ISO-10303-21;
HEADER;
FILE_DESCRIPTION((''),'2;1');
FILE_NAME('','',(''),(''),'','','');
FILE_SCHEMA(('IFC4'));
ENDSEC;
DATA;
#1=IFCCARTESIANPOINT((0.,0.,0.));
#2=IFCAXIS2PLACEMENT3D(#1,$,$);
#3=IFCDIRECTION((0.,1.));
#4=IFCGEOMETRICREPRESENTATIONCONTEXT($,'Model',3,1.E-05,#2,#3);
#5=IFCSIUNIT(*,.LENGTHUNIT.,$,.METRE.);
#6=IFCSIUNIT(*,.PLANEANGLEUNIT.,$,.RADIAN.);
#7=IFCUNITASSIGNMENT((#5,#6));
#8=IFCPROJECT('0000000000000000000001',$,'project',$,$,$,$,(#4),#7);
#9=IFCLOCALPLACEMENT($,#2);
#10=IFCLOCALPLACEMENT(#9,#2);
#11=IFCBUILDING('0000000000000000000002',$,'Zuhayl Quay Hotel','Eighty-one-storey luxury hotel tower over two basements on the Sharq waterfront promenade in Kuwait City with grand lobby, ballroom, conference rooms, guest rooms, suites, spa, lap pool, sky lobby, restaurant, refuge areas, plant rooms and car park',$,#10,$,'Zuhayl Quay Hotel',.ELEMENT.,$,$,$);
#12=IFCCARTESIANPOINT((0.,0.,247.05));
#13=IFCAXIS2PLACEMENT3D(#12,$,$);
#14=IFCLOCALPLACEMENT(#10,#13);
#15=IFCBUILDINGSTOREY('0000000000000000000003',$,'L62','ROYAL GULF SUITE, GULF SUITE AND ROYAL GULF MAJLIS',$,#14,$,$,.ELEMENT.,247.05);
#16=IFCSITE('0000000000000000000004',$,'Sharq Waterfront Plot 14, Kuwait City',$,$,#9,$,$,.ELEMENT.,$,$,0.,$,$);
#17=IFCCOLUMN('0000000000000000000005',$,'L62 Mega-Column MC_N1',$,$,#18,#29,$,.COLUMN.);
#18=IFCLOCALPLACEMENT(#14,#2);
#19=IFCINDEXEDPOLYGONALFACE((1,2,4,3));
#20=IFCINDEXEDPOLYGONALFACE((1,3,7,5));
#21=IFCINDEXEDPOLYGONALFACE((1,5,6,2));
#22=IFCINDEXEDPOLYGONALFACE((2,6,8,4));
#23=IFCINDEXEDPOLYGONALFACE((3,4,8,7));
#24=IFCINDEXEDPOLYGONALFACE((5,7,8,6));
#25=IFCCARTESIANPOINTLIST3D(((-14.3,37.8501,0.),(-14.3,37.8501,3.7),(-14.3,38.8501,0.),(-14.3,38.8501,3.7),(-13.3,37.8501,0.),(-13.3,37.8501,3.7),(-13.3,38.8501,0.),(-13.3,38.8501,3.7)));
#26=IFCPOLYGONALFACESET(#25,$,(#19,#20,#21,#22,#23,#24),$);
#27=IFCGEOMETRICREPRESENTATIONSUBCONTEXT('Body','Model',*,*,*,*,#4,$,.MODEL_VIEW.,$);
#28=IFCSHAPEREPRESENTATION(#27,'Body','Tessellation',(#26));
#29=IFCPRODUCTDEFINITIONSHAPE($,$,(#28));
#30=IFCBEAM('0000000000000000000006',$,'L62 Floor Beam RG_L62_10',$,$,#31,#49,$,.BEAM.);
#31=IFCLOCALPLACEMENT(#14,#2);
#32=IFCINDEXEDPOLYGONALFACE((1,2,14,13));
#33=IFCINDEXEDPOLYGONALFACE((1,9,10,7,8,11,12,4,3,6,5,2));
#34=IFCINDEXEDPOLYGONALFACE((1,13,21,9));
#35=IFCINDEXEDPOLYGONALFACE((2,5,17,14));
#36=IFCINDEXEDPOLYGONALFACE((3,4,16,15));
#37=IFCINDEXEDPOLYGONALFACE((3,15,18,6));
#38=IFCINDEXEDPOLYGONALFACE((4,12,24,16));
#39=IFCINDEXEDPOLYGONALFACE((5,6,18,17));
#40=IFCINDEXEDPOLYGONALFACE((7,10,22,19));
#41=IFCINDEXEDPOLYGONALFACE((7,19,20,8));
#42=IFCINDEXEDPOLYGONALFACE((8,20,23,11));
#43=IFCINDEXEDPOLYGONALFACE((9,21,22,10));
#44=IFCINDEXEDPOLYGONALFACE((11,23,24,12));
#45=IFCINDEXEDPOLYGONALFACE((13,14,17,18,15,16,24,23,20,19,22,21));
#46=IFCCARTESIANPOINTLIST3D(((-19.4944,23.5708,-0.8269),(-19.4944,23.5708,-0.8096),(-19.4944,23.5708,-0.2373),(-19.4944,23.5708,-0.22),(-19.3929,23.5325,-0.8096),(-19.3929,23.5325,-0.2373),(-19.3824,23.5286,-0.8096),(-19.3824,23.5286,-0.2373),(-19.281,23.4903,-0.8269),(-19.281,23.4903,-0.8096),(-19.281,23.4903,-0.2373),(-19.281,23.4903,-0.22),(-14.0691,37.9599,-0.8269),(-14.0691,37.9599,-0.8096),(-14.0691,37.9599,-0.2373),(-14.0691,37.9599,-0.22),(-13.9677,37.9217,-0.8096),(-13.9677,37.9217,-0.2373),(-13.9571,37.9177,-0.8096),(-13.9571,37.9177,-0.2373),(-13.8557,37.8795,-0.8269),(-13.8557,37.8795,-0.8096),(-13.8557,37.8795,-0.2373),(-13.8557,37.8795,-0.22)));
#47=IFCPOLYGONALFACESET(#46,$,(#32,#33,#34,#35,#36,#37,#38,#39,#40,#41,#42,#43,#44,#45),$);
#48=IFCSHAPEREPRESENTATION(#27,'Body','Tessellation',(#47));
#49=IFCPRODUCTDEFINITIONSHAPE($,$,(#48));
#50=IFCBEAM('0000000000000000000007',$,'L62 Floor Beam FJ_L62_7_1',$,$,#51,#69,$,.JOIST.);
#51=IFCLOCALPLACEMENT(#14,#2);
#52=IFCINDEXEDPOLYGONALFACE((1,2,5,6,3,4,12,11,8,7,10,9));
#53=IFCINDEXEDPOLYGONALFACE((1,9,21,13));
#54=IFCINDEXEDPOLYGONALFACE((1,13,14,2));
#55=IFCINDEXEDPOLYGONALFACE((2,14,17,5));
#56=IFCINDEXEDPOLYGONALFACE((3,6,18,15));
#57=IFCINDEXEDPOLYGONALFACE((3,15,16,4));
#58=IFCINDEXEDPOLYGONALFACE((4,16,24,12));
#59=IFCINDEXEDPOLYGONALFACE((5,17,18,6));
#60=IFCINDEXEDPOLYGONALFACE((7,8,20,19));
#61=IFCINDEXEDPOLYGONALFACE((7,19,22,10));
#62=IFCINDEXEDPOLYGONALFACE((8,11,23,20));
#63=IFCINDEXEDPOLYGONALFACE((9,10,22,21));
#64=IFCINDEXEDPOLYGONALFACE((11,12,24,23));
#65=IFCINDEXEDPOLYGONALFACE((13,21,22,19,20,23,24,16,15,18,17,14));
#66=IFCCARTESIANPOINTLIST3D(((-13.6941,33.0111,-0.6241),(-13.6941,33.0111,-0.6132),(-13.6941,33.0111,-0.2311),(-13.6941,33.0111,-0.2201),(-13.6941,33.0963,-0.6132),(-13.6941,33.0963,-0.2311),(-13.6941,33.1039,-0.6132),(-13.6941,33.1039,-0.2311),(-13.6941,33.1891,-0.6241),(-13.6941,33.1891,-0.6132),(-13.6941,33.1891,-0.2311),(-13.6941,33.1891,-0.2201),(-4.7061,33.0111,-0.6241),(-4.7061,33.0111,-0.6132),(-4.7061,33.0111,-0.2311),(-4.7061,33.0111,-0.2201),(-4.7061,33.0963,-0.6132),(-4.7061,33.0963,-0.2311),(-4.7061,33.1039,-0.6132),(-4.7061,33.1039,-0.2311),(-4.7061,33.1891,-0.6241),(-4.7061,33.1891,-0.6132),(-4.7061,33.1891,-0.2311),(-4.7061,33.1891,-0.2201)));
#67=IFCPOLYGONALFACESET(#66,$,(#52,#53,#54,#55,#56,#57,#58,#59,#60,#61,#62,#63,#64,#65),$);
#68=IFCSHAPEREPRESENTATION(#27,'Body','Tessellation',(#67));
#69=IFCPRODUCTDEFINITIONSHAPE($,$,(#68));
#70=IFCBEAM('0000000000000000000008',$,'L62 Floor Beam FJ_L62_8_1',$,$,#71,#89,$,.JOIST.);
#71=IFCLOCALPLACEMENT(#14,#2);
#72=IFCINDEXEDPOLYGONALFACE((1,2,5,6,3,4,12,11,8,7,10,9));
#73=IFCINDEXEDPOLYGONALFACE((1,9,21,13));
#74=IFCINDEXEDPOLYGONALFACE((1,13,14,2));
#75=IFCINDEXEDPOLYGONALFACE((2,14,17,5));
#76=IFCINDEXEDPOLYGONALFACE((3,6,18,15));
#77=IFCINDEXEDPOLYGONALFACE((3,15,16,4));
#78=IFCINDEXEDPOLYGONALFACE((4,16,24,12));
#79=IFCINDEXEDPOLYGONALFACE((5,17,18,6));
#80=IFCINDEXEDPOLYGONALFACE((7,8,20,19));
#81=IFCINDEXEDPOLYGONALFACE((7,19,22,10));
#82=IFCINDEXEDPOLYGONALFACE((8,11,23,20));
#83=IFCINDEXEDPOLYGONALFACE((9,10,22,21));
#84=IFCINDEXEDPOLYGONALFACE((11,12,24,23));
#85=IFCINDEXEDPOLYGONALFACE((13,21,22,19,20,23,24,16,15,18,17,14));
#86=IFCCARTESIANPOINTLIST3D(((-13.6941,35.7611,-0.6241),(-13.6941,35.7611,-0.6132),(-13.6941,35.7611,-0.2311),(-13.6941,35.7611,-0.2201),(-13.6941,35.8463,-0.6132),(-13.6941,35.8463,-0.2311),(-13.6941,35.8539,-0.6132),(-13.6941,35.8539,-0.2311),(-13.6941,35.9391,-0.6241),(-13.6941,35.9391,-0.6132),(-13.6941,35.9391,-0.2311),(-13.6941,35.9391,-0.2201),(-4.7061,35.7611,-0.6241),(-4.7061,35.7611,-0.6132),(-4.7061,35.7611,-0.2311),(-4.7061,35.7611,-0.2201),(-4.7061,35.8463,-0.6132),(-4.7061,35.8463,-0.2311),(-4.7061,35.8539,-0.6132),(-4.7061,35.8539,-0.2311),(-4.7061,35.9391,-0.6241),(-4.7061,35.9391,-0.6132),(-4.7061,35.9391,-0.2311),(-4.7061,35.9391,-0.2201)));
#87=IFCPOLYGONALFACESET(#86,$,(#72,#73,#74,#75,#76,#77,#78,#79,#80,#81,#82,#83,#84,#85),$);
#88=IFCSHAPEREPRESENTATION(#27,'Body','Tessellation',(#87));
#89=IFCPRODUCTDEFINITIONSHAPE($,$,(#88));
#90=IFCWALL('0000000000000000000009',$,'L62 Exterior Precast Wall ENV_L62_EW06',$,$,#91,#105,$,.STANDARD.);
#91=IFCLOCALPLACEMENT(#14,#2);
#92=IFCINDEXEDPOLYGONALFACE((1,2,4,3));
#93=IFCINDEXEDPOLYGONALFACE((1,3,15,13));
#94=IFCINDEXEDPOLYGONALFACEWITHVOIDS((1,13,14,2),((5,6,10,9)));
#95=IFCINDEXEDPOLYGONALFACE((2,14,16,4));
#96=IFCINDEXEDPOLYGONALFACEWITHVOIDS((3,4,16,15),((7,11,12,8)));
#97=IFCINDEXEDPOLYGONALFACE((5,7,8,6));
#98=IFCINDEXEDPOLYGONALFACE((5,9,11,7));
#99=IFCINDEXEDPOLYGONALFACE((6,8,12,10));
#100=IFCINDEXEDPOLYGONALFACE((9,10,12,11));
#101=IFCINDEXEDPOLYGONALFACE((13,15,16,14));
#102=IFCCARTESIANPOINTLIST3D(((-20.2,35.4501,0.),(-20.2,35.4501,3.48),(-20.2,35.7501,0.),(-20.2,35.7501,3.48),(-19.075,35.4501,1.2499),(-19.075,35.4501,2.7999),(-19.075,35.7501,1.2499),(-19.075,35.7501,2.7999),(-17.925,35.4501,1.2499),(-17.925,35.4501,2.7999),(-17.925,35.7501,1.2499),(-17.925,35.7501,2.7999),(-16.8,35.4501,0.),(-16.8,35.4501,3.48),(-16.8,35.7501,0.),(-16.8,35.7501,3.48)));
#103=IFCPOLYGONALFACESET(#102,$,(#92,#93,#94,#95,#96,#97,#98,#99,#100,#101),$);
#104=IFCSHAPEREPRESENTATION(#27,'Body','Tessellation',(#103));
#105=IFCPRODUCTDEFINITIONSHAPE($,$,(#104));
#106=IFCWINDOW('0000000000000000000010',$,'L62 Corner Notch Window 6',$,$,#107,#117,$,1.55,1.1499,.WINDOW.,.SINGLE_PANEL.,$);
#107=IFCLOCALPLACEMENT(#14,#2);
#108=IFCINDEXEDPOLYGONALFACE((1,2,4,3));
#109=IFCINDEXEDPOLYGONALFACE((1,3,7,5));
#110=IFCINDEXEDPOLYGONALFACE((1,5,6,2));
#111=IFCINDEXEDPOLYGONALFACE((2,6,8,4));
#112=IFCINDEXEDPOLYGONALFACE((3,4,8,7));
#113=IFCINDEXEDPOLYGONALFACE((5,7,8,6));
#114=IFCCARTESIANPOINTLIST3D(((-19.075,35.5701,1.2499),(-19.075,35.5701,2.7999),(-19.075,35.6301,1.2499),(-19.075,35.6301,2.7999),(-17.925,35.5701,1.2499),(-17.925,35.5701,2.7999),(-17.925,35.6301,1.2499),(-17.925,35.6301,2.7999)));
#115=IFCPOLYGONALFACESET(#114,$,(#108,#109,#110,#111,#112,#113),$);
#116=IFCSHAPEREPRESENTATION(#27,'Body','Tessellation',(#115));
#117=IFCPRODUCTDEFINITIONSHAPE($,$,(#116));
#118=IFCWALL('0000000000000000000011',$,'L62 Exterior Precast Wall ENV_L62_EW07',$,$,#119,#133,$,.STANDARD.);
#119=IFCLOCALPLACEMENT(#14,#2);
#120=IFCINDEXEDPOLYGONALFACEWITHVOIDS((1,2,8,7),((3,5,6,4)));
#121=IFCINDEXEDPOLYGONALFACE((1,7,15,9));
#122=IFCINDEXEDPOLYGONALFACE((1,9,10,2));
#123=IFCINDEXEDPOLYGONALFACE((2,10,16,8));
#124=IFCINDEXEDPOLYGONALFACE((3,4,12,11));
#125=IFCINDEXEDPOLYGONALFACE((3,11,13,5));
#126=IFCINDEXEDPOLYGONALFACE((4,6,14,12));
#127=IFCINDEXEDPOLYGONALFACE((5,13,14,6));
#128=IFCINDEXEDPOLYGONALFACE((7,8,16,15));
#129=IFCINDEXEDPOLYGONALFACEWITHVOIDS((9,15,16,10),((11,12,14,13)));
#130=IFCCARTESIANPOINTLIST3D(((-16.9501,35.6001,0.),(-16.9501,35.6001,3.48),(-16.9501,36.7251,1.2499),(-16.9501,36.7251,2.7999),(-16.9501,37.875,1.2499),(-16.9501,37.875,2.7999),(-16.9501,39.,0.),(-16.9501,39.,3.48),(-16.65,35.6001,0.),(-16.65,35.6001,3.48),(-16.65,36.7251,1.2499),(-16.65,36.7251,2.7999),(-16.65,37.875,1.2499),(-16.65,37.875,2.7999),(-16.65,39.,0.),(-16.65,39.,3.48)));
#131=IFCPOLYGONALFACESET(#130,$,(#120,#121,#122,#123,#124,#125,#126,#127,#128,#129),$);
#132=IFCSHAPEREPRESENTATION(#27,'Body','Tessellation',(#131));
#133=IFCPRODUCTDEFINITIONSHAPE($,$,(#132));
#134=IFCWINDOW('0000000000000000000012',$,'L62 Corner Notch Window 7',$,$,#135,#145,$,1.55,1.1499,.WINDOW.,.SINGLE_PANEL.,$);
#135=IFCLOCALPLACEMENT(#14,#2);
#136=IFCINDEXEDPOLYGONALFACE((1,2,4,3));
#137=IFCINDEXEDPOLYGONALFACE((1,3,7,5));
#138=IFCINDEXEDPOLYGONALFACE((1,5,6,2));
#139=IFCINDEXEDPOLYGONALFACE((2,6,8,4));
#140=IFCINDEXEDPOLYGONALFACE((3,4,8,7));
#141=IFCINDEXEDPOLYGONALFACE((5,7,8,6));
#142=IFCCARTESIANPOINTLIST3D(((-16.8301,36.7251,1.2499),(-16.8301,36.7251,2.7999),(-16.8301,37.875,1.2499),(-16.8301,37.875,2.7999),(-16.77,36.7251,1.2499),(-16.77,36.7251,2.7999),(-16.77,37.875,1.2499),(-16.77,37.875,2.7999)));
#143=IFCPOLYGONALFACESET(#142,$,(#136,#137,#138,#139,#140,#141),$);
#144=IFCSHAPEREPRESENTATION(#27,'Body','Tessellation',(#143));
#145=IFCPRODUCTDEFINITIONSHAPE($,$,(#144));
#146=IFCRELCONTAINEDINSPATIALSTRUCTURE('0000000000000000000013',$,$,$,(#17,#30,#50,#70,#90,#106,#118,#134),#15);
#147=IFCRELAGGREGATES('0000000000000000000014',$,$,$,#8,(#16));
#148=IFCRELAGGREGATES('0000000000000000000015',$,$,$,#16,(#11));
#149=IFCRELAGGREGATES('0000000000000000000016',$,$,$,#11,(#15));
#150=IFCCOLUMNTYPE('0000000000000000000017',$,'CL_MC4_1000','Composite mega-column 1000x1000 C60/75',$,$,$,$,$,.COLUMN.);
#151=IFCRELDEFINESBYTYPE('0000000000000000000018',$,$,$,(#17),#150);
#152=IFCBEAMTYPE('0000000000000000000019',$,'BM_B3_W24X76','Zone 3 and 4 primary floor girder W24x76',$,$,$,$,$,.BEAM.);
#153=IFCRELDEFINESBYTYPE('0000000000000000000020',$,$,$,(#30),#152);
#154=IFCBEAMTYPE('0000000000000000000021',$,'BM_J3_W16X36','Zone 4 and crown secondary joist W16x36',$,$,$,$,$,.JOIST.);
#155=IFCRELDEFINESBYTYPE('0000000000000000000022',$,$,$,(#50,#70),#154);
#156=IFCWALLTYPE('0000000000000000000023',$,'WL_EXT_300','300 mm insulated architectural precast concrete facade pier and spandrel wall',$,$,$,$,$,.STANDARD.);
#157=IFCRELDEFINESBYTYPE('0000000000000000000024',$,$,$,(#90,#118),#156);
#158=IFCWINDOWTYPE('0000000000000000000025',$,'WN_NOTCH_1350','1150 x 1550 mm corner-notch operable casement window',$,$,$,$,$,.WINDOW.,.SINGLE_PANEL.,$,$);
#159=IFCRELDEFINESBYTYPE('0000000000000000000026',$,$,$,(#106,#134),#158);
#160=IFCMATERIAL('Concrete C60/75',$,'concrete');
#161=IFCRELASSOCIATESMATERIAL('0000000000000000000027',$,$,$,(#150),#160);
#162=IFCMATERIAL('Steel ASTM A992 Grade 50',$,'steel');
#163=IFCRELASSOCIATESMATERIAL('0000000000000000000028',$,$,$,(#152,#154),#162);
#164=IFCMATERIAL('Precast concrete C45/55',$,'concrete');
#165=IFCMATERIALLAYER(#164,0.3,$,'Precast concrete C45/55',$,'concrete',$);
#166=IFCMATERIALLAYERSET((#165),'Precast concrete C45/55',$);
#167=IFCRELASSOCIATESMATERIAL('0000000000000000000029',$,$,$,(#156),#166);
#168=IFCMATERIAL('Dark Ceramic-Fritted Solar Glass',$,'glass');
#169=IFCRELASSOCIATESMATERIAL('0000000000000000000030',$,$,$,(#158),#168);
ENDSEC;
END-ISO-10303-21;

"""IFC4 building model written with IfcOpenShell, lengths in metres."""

from ifc_helpers import new_model, si_unit, direction, frame, frame_2d, origin, origin_2d, place, context, subcontext, project, spatial, rectangle, i_section, extrude, material, layer, layer_set, material_profile, profile_set, type_object, element, fill, save


model = new_model("IFC4")

# Units and contexts
model_context = context("Model", 3, precision=1e-05, world=origin(), true_north=direction((0.0, 1.0)))
body_context = subcontext(model_context, "Body", "Model", "MODEL_VIEW")
ifc_project = project(units=[si_unit("LENGTHUNIT", "METRE"), si_unit("PLANEANGLEUNIT", "RADIAN")], contexts=[model_context])

# Site, building, storey
site_placement = place(None, origin())
site = spatial("IfcSite", under=ifc_project, at=site_placement, Name="Sharq Waterfront Plot 14, Kuwait City", CompositionType="ELEMENT", RefElevation=0.0)
building_placement = place(site_placement, origin())
building = spatial("IfcBuilding", under=site, at=building_placement, Name="Zuhayl Quay Hotel", Description="Eighty-one-storey luxury hotel tower over two basements on the Sharq waterfront promenade in Kuwait City with grand lobby, ballroom, conference rooms, guest rooms, suites, spa, lap pool, sky lobby, restaurant, refuge areas, plant rooms and car park", LongName="Zuhayl Quay Hotel", CompositionType="ELEMENT")
storey_placement = place(building_placement, frame((0.0, 0.0, 247.05)))
storey = spatial("IfcBuildingStorey", under=building, at=storey_placement, Name="L62", Description="ROYAL GULF SUITE, GULF SUITE AND ROYAL GULF MAJLIS", CompositionType="ELEMENT", Elevation=247.05)

# Column
ifc_material_1 = material(Name="Concrete C60/75", Category="concrete")
ifc_material_profile_1 = material_profile(ifc_material_1, rectangle(XDim=1.0, YDim=1.0, at=origin_2d()), Name="RC1000X1000")
ifc_profile_set_1 = profile_set([ifc_material_profile_1], Name="Concrete C60/75")
column_type = type_object("IfcColumnType", Name="CL_MC4_1000", Description="Composite mega-column 1000x1000 C60/75", PredefinedType="COLUMN", material=ifc_profile_set_1)
column_placement = place(storey_placement, frame((-13.8, 38.3501, 0.0), z_axis=(0.0, 0.0, 1.0), x_axis=(1.0, 0.0, 0.0)))
element("IfcColumn", 1, at=column_placement, inside=storey, type_object=column_type, Name="L62 Mega-Column MC_N1", PredefinedType="COLUMN", context=body_context, shape_type="SweptSolid", body=[
    extrude(rectangle(XDim=1.0, YDim=1.0, at=origin_2d()), origin(), (0.0, 0.0, 1.0), 3.7),
])

# Beams
ifc_material_2 = material(Name="Steel ASTM A992 Grade 50", Category="steel")
ifc_material_profile_2 = material_profile(ifc_material_2, i_section(OverallWidth=0.228, OverallDepth=0.6069, WebThickness=0.0112, FlangeThickness=0.0173, at=origin_2d()), Name="W24X76")
ifc_profile_set_2 = profile_set([ifc_material_profile_2], Name="Steel ASTM A992 Grade 50")
beam_type_1 = type_object("IfcBeamType", Name="BM_B3_W24X76", Description="Zone 3 and 4 primary floor girder W24x76", PredefinedType="BEAM", material=ifc_profile_set_2)
beam_placement = place(storey_placement, frame((-13.9624, 37.9197, -0.5234), z_axis=(-0.352797, -0.9357, 0.0), x_axis=(0.9357, -0.352797, 0.0)))
element("IfcBeam", 2, at=beam_placement, inside=storey, type_object=beam_type_1, Name="L62 Floor Beam RG_L62_10", PredefinedType="BEAM", context=body_context, shape_type="SweptSolid", body=[
    extrude(i_section(OverallWidth=0.228, OverallDepth=0.6069, WebThickness=0.0112, FlangeThickness=0.0173, at=origin_2d()), origin(), (0.0, 0.0, 1.0), 15.3779),
])
ifc_material_profile_3 = material_profile(ifc_material_2, i_section(OverallWidth=0.178, OverallDepth=0.4041, WebThickness=0.0076, FlangeThickness=0.011, at=origin_2d()), Name="W16X36")
ifc_profile_set_3 = profile_set([ifc_material_profile_3], Name="Steel ASTM A992 Grade 50")
beam_type_2 = type_object("IfcBeamType", Name="BM_J3_W16X36", Description="Zone 4 and crown secondary joist W16x36", PredefinedType="JOIST", material=ifc_profile_set_3)
for number, where, z_axis, x_axis, name in (
    (3, (-13.6941, 33.1001, -0.4221), (1.0, 0.0, 0.0), (0.0, 1.0, 0.0), "L62 Floor Beam FJ_L62_7_1"),
    (4, (-13.6941, 35.8501, -0.4221), (1.0, 0.0, 0.0), (0.0, 1.0, 0.0), "L62 Floor Beam FJ_L62_8_1"),
):
    element("IfcBeam", number, at=place(storey_placement, frame(where, z_axis=z_axis, x_axis=x_axis)), inside=storey, type_object=beam_type_2, Name=name, PredefinedType="JOIST", context=body_context, shape_type="SweptSolid", body=[
        extrude(i_section(OverallWidth=0.178, OverallDepth=0.4041, WebThickness=0.0076, FlangeThickness=0.011, at=origin_2d()), origin(), (0.0, 0.0, 1.0), 8.988),
    ])

# Walls, openings, windows
ifc_material_3 = material(Name="Precast concrete C45/55", Category="concrete")
ifc_layer_1 = layer(ifc_material_3, 0.3, Name="Precast concrete C45/55", Category="concrete")
ifc_layer_set_1 = layer_set([ifc_layer_1], Name="Precast concrete C45/55")
wall_type_1 = type_object("IfcWallType", Name="WL_EXT_300", Description="300 mm insulated architectural precast concrete facade pier and spandrel wall", PredefinedType="STANDARD", material=ifc_layer_set_1)
wall_1_placement = place(storey_placement, frame((-20.2, 35.6001, 0.0), z_axis=(0.0, 0.0, 1.0), x_axis=(1.0, 0.0, 0.0)))
wall_1 = element("IfcWall", 5, at=wall_1_placement, inside=storey, type_object=wall_type_1, Name="L62 Exterior Precast Wall ENV_L62_EW06", PredefinedType="STANDARD", context=body_context, shape_type="SweptSolid", body=[
    extrude(rectangle(XDim=3.3999, YDim=0.3, at=frame_2d((1.7, 0.0))), origin(), (0.0, 0.0, 1.0), 3.48),
])
opening_1_placement = place(wall_1_placement, frame((1.125, 0.0, 1.25)))
opening_1 = element("IfcOpeningElement", 6, at=opening_1_placement, cuts=wall_1, PredefinedType="OPENING", context=body_context, shape_type="SweptSolid", body=[
    extrude(rectangle(XDim=1.1499, YDim=1.55, at=frame_2d((0.575, 0.7749))), frame((0.0, 0.1599, 0.0), z_axis=(0.0, -1.0, 0.0), x_axis=(1.0, 0.0, 0.0)), (0.0, 0.0, 1.0), 0.3201),
])
ifc_material_4 = material(Name="Dark Ceramic-Fritted Solar Glass", Category="glass")
window_type_1 = type_object("IfcWindowType", Name="WN_NOTCH_1350", Description="1150 x 1550 mm corner-notch operable casement window", PartitioningType="SINGLE_PANEL", PredefinedType="WINDOW", material=ifc_material_4)
window_1_placement = place(opening_1_placement, origin())
window_1 = element("IfcWindow", 7, at=window_1_placement, inside=storey, type_object=window_type_1, Name="L62 Corner Notch Window 6", OverallHeight=1.55, OverallWidth=1.1499, PartitioningType="SINGLE_PANEL", PredefinedType="WINDOW", context=body_context, shape_type="SweptSolid", body=[
    extrude(rectangle(XDim=1.1499, YDim=1.55, at=frame_2d((0.575, 0.7749))), frame((0.0, 0.03, 0.0), z_axis=(0.0, -1.0, 0.0), x_axis=(1.0, 0.0, 0.0)), (0.0, 0.0, 1.0), 0.0601),
])
fill(opening_1, window_1)
wall_2_placement = place(storey_placement, frame((-16.8, 35.6001, 0.0), z_axis=(0.0, 0.0, 1.0), x_axis=(0.0, 1.0, 0.0)))
wall_2 = element("IfcWall", 8, at=wall_2_placement, inside=storey, type_object=wall_type_1, Name="L62 Exterior Precast Wall ENV_L62_EW07", PredefinedType="STANDARD", context=body_context, shape_type="SweptSolid", body=[
    extrude(rectangle(XDim=3.3999, YDim=0.3, at=frame_2d((1.7, 0.0))), origin(), (0.0, 0.0, 1.0), 3.48),
])
opening_2_placement = place(wall_2_placement, frame((1.125, 0.0, 1.25)))
opening_2 = element("IfcOpeningElement", 9, at=opening_2_placement, cuts=wall_2, PredefinedType="OPENING", context=body_context, shape_type="SweptSolid", body=[
    extrude(rectangle(XDim=1.1499, YDim=1.55, at=frame_2d((0.575, 0.7749))), frame((0.0, 0.1599, 0.0), z_axis=(0.0, -1.0, 0.0), x_axis=(1.0, 0.0, 0.0)), (0.0, 0.0, 1.0), 0.3201),
])
window_2_placement = place(opening_2_placement, origin())
window_2 = element("IfcWindow", 10, at=window_2_placement, inside=storey, type_object=window_type_1, Name="L62 Corner Notch Window 7", OverallHeight=1.55, OverallWidth=1.1499, PartitioningType="SINGLE_PANEL", PredefinedType="WINDOW", context=body_context, shape_type="SweptSolid", body=[
    extrude(rectangle(XDim=1.1499, YDim=1.55, at=frame_2d((0.575, 0.7749))), frame((0.0, 0.03, 0.0), z_axis=(0.0, -1.0, 0.0), x_axis=(1.0, 0.0, 0.0)), (0.0, 0.0, 1.0), 0.0601),
])
fill(opening_2, window_2)

save(model, "model.ifc")
